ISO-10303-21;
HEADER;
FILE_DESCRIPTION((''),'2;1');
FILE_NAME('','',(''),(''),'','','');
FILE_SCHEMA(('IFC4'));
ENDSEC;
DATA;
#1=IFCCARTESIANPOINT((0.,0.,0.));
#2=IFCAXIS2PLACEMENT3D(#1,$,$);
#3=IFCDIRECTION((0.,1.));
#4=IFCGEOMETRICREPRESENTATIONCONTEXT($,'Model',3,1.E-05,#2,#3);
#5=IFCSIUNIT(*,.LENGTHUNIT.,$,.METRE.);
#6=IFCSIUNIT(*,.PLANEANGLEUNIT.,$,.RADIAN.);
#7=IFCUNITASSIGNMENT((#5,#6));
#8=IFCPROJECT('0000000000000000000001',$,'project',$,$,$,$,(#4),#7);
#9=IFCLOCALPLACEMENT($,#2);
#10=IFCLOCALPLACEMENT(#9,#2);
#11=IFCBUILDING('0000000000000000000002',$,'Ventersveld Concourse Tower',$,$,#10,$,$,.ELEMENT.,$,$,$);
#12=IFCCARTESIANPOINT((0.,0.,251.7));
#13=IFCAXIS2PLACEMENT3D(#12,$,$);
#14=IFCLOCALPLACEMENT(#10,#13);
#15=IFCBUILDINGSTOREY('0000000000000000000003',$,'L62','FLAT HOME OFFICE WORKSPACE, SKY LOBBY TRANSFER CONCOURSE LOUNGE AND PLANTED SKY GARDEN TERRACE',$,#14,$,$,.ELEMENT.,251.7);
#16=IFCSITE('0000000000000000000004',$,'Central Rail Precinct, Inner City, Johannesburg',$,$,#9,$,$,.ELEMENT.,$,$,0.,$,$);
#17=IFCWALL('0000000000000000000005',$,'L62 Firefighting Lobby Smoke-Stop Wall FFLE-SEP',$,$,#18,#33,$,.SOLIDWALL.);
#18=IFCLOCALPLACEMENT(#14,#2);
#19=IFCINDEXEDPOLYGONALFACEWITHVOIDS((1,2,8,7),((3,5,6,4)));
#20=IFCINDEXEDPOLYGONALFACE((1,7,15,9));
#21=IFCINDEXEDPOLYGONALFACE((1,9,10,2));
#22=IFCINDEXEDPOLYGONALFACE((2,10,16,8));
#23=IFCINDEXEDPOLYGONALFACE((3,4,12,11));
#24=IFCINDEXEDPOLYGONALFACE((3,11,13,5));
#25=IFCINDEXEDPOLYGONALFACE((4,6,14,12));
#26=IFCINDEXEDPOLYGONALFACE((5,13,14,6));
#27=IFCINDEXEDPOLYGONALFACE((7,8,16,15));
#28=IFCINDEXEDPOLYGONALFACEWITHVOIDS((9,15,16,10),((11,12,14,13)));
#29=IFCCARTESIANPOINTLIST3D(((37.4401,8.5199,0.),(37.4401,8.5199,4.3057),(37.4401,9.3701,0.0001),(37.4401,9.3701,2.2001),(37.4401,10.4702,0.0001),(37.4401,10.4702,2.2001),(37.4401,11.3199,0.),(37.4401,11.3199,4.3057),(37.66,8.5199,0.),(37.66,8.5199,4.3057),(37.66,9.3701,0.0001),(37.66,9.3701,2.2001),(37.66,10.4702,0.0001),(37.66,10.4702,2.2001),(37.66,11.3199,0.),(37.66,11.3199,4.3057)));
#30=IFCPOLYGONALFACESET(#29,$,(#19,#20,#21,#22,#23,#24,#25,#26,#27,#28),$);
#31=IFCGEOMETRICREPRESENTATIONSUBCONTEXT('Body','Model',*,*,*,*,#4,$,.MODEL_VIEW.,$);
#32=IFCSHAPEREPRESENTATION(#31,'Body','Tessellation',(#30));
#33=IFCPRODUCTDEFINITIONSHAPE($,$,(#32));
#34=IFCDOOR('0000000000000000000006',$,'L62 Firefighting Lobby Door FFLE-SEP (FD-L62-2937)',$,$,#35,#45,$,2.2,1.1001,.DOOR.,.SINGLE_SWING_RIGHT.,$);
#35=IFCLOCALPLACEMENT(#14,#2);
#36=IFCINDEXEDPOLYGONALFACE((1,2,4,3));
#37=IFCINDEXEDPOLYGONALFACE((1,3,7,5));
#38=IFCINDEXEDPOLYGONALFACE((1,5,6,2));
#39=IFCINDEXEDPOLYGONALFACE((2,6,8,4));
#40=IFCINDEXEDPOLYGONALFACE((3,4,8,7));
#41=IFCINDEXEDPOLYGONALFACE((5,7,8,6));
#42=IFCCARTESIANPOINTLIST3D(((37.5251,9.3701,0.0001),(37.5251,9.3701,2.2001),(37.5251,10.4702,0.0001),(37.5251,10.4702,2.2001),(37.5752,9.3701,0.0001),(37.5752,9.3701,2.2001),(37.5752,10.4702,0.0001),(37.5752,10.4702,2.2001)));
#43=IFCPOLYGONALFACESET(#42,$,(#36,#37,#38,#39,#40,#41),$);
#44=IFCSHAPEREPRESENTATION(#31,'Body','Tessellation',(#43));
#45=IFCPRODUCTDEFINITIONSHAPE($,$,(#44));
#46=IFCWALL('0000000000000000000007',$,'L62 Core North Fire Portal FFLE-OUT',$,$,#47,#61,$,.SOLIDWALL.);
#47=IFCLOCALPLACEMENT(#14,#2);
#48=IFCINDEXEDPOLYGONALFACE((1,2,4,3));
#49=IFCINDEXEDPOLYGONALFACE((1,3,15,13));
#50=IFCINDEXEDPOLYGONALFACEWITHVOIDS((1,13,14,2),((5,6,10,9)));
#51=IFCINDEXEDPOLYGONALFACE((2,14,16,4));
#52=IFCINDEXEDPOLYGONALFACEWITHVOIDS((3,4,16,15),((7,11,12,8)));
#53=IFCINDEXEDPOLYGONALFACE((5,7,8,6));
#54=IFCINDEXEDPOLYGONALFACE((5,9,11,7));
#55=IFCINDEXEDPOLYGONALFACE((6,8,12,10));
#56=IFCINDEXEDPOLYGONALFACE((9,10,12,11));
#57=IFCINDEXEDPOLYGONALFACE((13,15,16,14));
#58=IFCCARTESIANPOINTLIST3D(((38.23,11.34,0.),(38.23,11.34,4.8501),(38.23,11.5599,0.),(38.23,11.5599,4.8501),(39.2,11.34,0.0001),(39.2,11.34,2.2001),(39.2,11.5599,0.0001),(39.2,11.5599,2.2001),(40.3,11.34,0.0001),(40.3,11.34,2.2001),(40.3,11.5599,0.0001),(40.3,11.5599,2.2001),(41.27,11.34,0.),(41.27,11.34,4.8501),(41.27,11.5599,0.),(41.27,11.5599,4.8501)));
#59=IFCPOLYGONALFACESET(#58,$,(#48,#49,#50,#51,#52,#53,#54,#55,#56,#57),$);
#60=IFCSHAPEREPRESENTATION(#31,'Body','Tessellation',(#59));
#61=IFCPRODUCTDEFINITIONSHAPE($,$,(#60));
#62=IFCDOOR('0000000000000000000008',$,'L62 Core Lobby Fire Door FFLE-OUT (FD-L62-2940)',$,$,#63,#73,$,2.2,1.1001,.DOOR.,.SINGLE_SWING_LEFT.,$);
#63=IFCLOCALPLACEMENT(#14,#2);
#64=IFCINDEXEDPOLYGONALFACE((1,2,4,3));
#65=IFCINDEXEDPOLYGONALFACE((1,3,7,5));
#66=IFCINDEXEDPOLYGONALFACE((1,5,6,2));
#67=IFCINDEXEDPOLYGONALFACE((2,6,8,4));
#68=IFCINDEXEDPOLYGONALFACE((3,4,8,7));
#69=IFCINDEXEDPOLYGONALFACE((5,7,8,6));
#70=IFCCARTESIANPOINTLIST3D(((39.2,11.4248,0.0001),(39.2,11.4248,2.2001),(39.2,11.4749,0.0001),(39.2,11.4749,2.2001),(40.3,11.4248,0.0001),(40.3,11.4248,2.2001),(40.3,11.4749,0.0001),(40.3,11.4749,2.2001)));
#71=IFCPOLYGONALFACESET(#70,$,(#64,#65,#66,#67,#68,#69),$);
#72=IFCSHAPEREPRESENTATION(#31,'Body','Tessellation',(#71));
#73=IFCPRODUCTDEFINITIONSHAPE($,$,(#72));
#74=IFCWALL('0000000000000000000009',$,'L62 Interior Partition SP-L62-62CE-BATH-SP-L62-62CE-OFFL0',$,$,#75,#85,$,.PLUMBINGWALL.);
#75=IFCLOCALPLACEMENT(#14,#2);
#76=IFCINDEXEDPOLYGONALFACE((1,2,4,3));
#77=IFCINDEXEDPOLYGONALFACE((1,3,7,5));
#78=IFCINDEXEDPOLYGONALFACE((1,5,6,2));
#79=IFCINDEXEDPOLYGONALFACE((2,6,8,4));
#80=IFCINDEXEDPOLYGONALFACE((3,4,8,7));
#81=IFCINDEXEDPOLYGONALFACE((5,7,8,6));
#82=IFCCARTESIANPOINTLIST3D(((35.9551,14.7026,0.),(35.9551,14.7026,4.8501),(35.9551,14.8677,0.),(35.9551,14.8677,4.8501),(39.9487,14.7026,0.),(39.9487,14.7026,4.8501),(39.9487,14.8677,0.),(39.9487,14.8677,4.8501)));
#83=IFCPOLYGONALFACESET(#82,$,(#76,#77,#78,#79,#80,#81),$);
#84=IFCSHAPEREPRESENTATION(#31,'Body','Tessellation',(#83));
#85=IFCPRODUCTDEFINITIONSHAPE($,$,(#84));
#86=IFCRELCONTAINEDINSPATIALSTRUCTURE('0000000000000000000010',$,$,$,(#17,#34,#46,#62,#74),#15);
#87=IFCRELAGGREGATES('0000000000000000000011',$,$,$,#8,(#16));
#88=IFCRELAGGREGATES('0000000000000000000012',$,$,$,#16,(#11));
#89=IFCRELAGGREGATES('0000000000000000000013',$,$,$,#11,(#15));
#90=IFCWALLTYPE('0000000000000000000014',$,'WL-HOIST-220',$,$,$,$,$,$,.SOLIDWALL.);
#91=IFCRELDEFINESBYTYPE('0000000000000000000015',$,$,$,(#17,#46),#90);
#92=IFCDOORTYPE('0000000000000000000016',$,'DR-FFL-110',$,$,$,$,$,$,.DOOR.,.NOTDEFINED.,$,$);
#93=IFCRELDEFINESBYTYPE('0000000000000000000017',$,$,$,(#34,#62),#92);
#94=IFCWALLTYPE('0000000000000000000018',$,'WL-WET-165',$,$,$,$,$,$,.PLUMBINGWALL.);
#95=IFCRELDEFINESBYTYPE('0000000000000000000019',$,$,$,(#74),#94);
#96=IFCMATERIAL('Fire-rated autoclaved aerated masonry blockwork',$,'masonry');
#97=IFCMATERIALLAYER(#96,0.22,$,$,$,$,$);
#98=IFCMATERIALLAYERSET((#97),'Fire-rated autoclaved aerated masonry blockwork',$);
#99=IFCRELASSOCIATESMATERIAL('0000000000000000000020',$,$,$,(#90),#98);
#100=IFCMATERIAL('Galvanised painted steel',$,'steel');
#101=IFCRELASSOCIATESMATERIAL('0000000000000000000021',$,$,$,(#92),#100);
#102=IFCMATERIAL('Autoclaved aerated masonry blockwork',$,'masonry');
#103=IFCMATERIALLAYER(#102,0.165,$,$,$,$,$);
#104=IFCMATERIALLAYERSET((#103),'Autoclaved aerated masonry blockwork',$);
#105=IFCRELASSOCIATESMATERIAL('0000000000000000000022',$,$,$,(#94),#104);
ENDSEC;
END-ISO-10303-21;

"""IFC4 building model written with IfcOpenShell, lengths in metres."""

from ifc_helpers import new_model, si_unit, direction, frame, frame_2d, origin, place, context, subcontext, project, spatial, rectangle, extrude, material, layer, layer_set, type_object, element, fill, save


model = new_model("IFC4")

# Units and contexts
model_context = context("Model", 3, precision=1e-05, world=origin(), true_north=direction((0.0, 1.0)))
body_context = subcontext(model_context, "Body", "Model", "MODEL_VIEW")
ifc_project = project(units=[si_unit("LENGTHUNIT", "METRE"), si_unit("PLANEANGLEUNIT", "RADIAN")], contexts=[model_context])

# Site, building, storey
site_placement = place(None, origin())
site = spatial("IfcSite", under=ifc_project, at=site_placement, Name="Central Rail Precinct, Inner City, Johannesburg", CompositionType="ELEMENT", RefElevation=0.0)
building_placement = place(site_placement, origin())
building = spatial("IfcBuilding", under=site, at=building_placement, Name="Ventersveld Concourse Tower", CompositionType="ELEMENT")
storey_placement = place(building_placement, frame((0.0, 0.0, 251.7)))
storey = spatial("IfcBuildingStorey", under=building, at=storey_placement, Name="L62", Description="FLAT HOME OFFICE WORKSPACE, SKY LOBBY TRANSFER CONCOURSE LOUNGE AND PLANTED SKY GARDEN TERRACE", CompositionType="ELEMENT", Elevation=251.7)

# Shared definitions
ifc_material_1 = material(Name="Fire-rated autoclaved aerated masonry blockwork", Category="masonry")

# Shared definitions
ifc_layer_1 = layer(ifc_material_1, 0.22)
ifc_layer_set_1 = layer_set([ifc_layer_1], Name="Fire-rated autoclaved aerated masonry blockwork")
wall_type_1 = type_object("IfcWallType", Name="WL-HOIST-220", PredefinedType="SOLIDWALL", material=ifc_layer_set_1)

# Walls, openings, doors
wall_1_placement = place(storey_placement, frame((37.55, 8.52, 0.0), z_axis=(0.0, 0.0, 1.0), x_axis=(0.0, 1.0, 0.0)))
wall_1 = element("IfcWall", 1, at=wall_1_placement, inside=storey, type_object=wall_type_1, Name="L62 Firefighting Lobby Smoke-Stop Wall FFLE-SEP", PredefinedType="SOLIDWALL", context=body_context, shape_type="SweptSolid", body=[
    extrude(rectangle(XDim=2.8, YDim=0.22, at=frame_2d((1.3999, 0.0))), origin(), (0.0, 0.0, 1.0), 4.3057),
])
opening_1_placement = place(wall_1_placement, frame((0.8501, 0.0, 0.0)))
opening_1 = element("IfcOpeningElement", 2, at=opening_1_placement, cuts=wall_1, PredefinedType="OPENING", context=body_context, shape_type="SweptSolid", body=[
    extrude(rectangle(XDim=1.1001, YDim=2.2, at=frame_2d((0.55, 1.1001))), frame((0.0, 0.1201, 0.0), z_axis=(0.0, -1.0, 0.0), x_axis=(1.0, 0.0, 0.0)), (0.0, 0.0, 1.0), 0.24),
])
ifc_material_2 = material(Name="Galvanised painted steel", Category="steel")
door_type_1 = type_object("IfcDoorType", Name="DR-FFL-110", OperationType="NOTDEFINED", PredefinedType="DOOR", material=ifc_material_2)
door_1_placement = place(opening_1_placement, origin())
door_1 = element("IfcDoor", 3, at=door_1_placement, inside=storey, type_object=door_type_1, Name="L62 Firefighting Lobby Door FFLE-SEP (FD-L62-2937)", OperationType="SINGLE_SWING_RIGHT", OverallHeight=2.2, OverallWidth=1.1001, PredefinedType="DOOR", context=body_context, shape_type="SweptSolid", body=[
    extrude(rectangle(XDim=1.1001, YDim=2.2, at=frame_2d((0.55, 1.1001))), frame((0.0, 0.0249, 0.0), z_axis=(0.0, -1.0, 0.0), x_axis=(1.0, 0.0, 0.0)), (0.0, 0.0, 1.0), 0.05),
])
fill(opening_1, door_1)
wall_2_placement = place(storey_placement, frame((38.23, 11.45, 0.0), z_axis=(0.0, 0.0, 1.0), x_axis=(1.0, 0.0, 0.0)))
wall_2 = element("IfcWall", 4, at=wall_2_placement, inside=storey, type_object=wall_type_1, Name="L62 Core North Fire Portal FFLE-OUT", PredefinedType="SOLIDWALL", context=body_context, shape_type="SweptSolid", body=[
    extrude(rectangle(XDim=3.04, YDim=0.22, at=frame_2d((1.52, 0.0))), origin(), (0.0, 0.0, 1.0), 4.8501),
])
opening_2_placement = place(wall_2_placement, frame((0.97, 0.0, 0.0)))
opening_2 = element("IfcOpeningElement", 5, at=opening_2_placement, cuts=wall_2, PredefinedType="OPENING", context=body_context, shape_type="SweptSolid", body=[
    extrude(rectangle(XDim=1.1001, YDim=2.2, at=frame_2d((0.55, 1.1001))), frame((0.0, 0.1201, 0.0), z_axis=(0.0, -1.0, 0.0), x_axis=(1.0, 0.0, 0.0)), (0.0, 0.0, 1.0), 0.24),
])
door_2_placement = place(opening_2_placement, origin())
door_2 = element("IfcDoor", 6, at=door_2_placement, inside=storey, type_object=door_type_1, Name="L62 Core Lobby Fire Door FFLE-OUT (FD-L62-2940)", OperationType="SINGLE_SWING_LEFT", OverallHeight=2.2, OverallWidth=1.1001, PredefinedType="DOOR", context=body_context, shape_type="SweptSolid", body=[
    extrude(rectangle(XDim=1.1001, YDim=2.2, at=frame_2d((0.55, 1.1001))), frame((0.0, 0.0249, 0.0), z_axis=(0.0, -1.0, 0.0), x_axis=(1.0, 0.0, 0.0)), (0.0, 0.0, 1.0), 0.05),
])
fill(opening_2, door_2)

# Wall
ifc_material_3 = material(Name="Autoclaved aerated masonry blockwork", Category="masonry")
ifc_layer_2 = layer(ifc_material_3, 0.165)
ifc_layer_set_2 = layer_set([ifc_layer_2], Name="Autoclaved aerated masonry blockwork")
wall_type_2 = type_object("IfcWallType", Name="WL-WET-165", PredefinedType="PLUMBINGWALL", material=ifc_layer_set_2)
wall_3_placement = place(storey_placement, frame((35.9551, 14.7852, 0.0), z_axis=(0.0, 0.0, 1.0), x_axis=(1.0, 0.0, 0.0)))
element("IfcWall", 7, at=wall_3_placement, inside=storey, type_object=wall_type_2, Name="L62 Interior Partition SP-L62-62CE-BATH-SP-L62-62CE-OFFL0", PredefinedType="PLUMBINGWALL", context=body_context, shape_type="SweptSolid", body=[
    extrude(rectangle(XDim=3.9937, YDim=0.165, at=frame_2d((1.9968, 0.0))), origin(), (0.0, 0.0, 1.0), 4.8501),
])

save(model, "model.ifc")
